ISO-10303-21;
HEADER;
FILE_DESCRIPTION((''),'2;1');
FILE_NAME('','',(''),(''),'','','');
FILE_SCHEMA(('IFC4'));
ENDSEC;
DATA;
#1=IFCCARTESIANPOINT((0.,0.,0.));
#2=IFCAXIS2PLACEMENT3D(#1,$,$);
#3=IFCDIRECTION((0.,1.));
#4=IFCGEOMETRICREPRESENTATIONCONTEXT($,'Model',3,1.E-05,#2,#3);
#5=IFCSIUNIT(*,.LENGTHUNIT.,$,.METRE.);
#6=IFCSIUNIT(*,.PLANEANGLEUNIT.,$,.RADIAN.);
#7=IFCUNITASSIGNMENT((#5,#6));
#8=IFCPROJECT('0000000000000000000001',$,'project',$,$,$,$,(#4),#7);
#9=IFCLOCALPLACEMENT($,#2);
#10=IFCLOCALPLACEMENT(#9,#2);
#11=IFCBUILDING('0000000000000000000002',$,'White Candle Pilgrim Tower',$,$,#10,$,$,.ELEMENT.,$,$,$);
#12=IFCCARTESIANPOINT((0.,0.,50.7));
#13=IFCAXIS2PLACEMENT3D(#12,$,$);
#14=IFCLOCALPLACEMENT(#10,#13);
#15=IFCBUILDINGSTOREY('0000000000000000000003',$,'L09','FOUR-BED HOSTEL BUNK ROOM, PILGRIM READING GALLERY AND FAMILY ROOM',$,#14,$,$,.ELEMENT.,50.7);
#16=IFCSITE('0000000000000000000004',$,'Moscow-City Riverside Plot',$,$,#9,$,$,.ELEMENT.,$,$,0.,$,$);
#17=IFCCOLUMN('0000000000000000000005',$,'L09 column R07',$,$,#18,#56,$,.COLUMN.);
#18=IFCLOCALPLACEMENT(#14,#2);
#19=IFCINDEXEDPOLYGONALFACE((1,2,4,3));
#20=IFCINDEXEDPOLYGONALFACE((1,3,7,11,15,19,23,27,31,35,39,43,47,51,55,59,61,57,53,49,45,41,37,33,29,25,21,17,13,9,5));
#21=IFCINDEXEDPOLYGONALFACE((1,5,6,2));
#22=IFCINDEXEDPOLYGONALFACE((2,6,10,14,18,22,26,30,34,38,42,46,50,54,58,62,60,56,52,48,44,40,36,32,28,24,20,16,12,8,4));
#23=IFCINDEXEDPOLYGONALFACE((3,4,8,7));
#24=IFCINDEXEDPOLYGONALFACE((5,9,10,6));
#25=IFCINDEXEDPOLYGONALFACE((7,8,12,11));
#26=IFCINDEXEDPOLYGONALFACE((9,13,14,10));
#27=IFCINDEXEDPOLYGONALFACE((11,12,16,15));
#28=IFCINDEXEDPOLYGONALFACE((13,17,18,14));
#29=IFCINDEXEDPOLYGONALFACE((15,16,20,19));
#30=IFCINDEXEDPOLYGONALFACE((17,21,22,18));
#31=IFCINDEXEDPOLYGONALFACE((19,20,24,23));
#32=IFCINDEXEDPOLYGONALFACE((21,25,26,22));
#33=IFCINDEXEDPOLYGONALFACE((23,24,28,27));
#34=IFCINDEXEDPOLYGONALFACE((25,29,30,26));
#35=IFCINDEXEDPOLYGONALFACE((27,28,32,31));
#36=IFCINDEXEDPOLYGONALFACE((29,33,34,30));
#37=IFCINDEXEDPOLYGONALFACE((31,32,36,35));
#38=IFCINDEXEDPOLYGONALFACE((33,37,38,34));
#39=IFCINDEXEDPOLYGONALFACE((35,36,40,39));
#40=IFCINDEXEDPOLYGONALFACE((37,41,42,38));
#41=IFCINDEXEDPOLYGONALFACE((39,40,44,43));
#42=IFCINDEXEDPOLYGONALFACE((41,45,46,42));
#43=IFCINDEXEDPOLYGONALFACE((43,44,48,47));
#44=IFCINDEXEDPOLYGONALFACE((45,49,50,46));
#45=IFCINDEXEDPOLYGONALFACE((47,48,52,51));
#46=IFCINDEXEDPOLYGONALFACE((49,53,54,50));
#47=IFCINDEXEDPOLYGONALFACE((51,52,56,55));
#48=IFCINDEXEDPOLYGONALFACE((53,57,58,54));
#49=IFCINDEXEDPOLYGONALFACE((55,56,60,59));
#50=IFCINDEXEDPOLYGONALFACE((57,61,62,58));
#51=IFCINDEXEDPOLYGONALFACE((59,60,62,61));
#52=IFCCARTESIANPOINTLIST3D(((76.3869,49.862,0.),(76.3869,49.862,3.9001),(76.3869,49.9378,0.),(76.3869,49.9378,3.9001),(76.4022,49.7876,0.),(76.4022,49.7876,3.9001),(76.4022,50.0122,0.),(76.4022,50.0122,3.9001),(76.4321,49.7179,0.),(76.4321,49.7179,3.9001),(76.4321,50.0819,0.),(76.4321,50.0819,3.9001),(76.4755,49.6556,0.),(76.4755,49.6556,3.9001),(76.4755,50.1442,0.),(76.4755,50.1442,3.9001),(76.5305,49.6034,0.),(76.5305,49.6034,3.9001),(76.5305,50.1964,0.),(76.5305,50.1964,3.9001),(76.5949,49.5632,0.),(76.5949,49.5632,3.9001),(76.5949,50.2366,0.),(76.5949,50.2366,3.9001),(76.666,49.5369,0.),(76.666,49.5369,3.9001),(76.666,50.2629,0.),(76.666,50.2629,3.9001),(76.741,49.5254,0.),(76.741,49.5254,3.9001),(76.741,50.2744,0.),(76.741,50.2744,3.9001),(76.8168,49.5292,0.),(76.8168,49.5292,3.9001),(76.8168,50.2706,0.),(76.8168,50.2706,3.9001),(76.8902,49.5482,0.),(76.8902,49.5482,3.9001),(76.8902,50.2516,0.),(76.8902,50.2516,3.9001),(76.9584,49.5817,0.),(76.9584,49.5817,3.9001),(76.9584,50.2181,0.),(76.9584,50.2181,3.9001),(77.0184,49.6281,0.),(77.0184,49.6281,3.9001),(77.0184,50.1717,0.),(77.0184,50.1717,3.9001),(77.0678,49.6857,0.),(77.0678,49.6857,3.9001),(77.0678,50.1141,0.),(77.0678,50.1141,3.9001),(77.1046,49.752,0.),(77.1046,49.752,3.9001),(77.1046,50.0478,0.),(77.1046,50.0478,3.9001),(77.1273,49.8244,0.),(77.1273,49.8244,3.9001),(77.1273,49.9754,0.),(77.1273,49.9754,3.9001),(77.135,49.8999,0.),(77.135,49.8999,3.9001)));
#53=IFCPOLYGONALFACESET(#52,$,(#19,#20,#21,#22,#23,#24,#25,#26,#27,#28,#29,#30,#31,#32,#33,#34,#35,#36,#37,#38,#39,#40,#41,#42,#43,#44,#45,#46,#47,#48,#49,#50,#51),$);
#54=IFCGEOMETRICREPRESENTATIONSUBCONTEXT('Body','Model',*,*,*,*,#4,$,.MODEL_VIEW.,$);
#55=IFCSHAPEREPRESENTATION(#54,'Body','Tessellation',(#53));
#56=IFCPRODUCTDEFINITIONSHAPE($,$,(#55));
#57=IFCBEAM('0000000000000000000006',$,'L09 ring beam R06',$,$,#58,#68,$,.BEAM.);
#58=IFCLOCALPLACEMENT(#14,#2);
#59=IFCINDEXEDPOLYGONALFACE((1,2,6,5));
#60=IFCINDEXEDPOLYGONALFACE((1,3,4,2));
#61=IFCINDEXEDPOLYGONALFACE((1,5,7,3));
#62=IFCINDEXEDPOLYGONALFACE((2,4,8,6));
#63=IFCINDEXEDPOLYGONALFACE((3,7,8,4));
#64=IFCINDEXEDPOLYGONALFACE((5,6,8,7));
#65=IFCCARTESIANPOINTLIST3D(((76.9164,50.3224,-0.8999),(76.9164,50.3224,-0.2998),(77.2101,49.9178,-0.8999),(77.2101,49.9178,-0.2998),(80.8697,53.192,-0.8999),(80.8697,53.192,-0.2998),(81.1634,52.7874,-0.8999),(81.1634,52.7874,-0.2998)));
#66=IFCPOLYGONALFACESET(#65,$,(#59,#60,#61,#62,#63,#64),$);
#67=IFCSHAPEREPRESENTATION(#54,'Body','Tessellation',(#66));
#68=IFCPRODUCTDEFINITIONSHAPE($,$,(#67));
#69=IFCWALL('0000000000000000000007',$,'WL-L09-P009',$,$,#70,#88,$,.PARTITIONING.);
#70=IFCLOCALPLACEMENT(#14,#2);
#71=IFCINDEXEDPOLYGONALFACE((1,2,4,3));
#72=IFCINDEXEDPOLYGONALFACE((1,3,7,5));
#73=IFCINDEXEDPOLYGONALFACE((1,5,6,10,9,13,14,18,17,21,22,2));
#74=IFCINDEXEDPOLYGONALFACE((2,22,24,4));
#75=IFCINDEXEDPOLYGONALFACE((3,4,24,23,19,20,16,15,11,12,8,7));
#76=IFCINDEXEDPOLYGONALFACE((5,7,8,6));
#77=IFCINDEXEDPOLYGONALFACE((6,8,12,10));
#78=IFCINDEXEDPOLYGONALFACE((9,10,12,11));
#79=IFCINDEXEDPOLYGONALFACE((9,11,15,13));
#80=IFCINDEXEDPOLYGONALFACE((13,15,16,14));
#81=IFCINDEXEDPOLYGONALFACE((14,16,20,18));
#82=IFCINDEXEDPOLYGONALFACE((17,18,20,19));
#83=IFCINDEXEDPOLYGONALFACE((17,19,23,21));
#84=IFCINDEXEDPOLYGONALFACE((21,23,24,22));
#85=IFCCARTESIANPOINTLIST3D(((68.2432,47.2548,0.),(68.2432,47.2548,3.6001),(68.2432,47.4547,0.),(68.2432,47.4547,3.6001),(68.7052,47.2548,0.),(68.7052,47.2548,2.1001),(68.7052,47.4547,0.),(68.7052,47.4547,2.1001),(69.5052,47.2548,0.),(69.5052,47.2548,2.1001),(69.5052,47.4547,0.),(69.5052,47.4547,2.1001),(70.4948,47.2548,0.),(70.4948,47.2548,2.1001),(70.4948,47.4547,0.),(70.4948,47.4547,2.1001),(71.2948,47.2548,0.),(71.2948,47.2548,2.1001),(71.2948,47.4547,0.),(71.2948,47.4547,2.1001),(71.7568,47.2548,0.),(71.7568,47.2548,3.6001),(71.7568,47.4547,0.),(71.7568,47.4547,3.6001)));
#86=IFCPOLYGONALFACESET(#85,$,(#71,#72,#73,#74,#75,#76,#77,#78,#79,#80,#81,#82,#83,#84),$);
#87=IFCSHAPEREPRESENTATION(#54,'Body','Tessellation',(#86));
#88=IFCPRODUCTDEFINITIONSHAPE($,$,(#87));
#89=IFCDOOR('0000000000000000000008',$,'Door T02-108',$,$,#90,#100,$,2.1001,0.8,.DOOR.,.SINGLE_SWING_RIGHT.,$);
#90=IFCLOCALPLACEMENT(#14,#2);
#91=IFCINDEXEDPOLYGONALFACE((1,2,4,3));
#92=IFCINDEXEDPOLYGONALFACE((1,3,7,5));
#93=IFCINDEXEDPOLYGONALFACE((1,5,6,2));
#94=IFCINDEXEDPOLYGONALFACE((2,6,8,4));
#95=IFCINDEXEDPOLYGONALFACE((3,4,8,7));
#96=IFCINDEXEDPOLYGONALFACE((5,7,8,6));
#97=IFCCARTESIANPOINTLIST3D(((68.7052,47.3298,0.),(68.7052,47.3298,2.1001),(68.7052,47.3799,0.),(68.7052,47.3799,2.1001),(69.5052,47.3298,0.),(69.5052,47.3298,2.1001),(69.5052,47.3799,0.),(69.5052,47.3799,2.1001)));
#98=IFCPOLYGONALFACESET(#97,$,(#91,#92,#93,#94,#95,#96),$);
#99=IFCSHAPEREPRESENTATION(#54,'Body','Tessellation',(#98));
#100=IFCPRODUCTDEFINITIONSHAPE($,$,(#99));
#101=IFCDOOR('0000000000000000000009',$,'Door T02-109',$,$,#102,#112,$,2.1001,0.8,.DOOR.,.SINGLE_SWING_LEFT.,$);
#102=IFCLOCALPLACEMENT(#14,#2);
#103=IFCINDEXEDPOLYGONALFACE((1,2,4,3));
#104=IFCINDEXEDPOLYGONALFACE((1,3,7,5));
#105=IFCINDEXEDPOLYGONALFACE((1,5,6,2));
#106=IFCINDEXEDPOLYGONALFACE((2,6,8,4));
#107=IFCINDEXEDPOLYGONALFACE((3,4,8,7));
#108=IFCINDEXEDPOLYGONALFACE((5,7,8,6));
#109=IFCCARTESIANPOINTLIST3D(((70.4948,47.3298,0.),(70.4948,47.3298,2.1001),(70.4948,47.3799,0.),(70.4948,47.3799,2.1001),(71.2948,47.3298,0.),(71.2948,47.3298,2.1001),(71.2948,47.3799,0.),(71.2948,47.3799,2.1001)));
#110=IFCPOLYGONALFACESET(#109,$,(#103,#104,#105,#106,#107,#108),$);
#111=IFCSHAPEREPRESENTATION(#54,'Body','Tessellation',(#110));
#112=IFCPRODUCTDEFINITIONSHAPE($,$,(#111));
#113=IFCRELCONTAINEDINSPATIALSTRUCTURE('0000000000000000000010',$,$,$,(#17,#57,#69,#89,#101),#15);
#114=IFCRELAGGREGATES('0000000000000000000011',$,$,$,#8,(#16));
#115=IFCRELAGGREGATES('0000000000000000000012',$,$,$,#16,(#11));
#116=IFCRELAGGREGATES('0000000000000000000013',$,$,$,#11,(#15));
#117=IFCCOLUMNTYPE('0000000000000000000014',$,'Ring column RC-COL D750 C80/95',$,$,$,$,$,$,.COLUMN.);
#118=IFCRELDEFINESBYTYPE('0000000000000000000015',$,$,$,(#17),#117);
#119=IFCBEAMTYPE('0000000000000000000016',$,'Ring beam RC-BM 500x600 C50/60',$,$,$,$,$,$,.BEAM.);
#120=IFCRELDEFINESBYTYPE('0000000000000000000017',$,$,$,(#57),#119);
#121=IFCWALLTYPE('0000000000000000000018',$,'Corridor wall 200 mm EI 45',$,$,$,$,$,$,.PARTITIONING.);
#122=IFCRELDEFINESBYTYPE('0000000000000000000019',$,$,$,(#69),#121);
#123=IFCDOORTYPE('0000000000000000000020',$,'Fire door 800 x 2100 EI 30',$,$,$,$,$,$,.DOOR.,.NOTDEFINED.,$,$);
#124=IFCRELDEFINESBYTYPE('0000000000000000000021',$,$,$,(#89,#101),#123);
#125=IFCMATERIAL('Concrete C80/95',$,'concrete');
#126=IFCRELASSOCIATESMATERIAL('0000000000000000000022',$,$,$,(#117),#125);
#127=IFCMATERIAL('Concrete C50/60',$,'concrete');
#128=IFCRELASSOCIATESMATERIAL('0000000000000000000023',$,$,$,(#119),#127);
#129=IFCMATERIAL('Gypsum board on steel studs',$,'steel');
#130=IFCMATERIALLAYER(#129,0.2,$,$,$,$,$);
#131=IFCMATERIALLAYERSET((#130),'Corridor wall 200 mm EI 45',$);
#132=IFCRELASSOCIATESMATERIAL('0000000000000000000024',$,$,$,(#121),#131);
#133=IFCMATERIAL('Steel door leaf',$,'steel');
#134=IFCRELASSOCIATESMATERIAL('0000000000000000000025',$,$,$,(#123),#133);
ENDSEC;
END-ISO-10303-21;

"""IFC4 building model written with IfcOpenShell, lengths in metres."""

from ifc_helpers import new_model, si_unit, direction, frame, frame_2d, origin, origin_2d, place, context, subcontext, project, spatial, rectangle, circle, extrude, material, layer, layer_set, material_profile, profile_set, type_object, element, fill, save


model = new_model("IFC4")

# Units and contexts
model_context = context("Model", 3, precision=1e-05, world=origin(), true_north=direction((0.0, 1.0)))
body_context = subcontext(model_context, "Body", "Model", "MODEL_VIEW")
ifc_project = project(units=[si_unit("LENGTHUNIT", "METRE"), si_unit("PLANEANGLEUNIT", "RADIAN")], contexts=[model_context])

# Site, building, storey
site_placement = place(None, origin())
site = spatial("IfcSite", under=ifc_project, at=site_placement, Name="Moscow-City Riverside Plot", CompositionType="ELEMENT", RefElevation=0.0)
building_placement = place(site_placement, origin())
building = spatial("IfcBuilding", under=site, at=building_placement, Name="White Candle Pilgrim Tower", CompositionType="ELEMENT")
storey_placement = place(building_placement, frame((0.0, 0.0, 50.7)))
storey = spatial("IfcBuildingStorey", under=building, at=storey_placement, Name="L09", Description="FOUR-BED HOSTEL BUNK ROOM, PILGRIM READING GALLERY AND FAMILY ROOM", CompositionType="ELEMENT", Elevation=50.7)

# Column
ifc_material_1 = material(Name="Concrete C80/95", Category="concrete")
ifc_material_profile_1 = material_profile(ifc_material_1, circle(Radius=0.375, at=origin_2d()), Name="RC-COL D750")
ifc_profile_set_1 = profile_set([ifc_material_profile_1], Name="Concrete C80/95")
column_type = type_object("IfcColumnType", Name="Ring column RC-COL D750 C80/95", PredefinedType="COLUMN", material=ifc_profile_set_1)
column_placement = place(storey_placement, frame((76.76, 49.8999, 0.0), z_axis=(0.0, 0.0, 1.0), x_axis=(1.0, 0.0, 0.0)))
element("IfcColumn", 1, at=column_placement, inside=storey, type_object=column_type, Name="L09 column R07", PredefinedType="COLUMN", context=body_context, shape_type="SweptSolid", body=[
    extrude(circle(Radius=0.375, at=origin_2d()), origin(), (0.0, 0.0, 1.0), 3.9001),
])

# Beam
ifc_material_2 = material(Name="Concrete C50/60", Category="concrete")
ifc_material_profile_2 = material_profile(ifc_material_2, rectangle(XDim=0.5, YDim=0.6001, at=origin_2d()), Name="RC-BM 500x600")
ifc_profile_set_2 = profile_set([ifc_material_profile_2], Name="Concrete C50/60")
beam_type = type_object("IfcBeamType", Name="Ring beam RC-BM 500x600 C50/60", PredefinedType="BEAM", material=ifc_profile_set_2)
beam_placement = place(storey_placement, frame((77.0632, 50.1201, -0.5999), z_axis=(0.809276, 0.587429, 0.0), x_axis=(-0.587429, 0.809276, 0.0)))
element("IfcBeam", 2, at=beam_placement, inside=storey, type_object=beam_type, Name="L09 ring beam R06", PredefinedType="BEAM", context=body_context, shape_type="SweptSolid", body=[
    extrude(rectangle(XDim=0.5, YDim=0.6001, at=origin_2d()), origin(), (0.0, 0.0, 1.0), 4.885),
])

# Wall, openings, doors
ifc_material_3 = material(Name="Gypsum board on steel studs", Category="steel")
ifc_layer_1 = layer(ifc_material_3, 0.2)
ifc_layer_set_1 = layer_set([ifc_layer_1], Name="Corridor wall 200 mm EI 45")
wall_type_1 = type_object("IfcWallType", Name="Corridor wall 200 mm EI 45", PredefinedType="PARTITIONING", material=ifc_layer_set_1)
wall_1_placement = place(storey_placement, frame((71.7568, 47.3547, 0.0), z_axis=(0.0, 0.0, 1.0), x_axis=(-1.0, 0.0, 0.0)))
wall_1 = element("IfcWall", 3, at=wall_1_placement, inside=storey, type_object=wall_type_1, Name="WL-L09-P009", PredefinedType="PARTITIONING", context=body_context, shape_type="SweptSolid", body=[
    extrude(rectangle(XDim=3.5137, YDim=0.2, at=frame_2d((1.7568, 0.0))), origin(), (0.0, 0.0, 1.0), 3.6001),
])
opening_1_placement = place(wall_1_placement, frame((2.2517, 0.0, 0.0)))
opening_1 = element("IfcOpeningElement", 4, at=opening_1_placement, cuts=wall_1, PredefinedType="OPENING", context=body_context, shape_type="SweptSolid", body=[
    extrude(rectangle(XDim=0.8, YDim=2.1001, at=frame_2d((0.3999, 1.05))), frame((0.0, 0.1099, 0.0), z_axis=(0.0, -1.0, 0.0), x_axis=(1.0, 0.0, 0.0)), (0.0, 0.0, 1.0), 0.22),
])
opening_2_placement = place(wall_1_placement, frame((0.4622, 0.0, 0.0)))
opening_2 = element("IfcOpeningElement", 5, at=opening_2_placement, cuts=wall_1, PredefinedType="OPENING", context=body_context, shape_type="SweptSolid", body=[
    extrude(rectangle(XDim=0.8, YDim=2.1001, at=frame_2d((0.3999, 1.05))), frame((0.0, 0.1099, 0.0), z_axis=(0.0, -1.0, 0.0), x_axis=(1.0, 0.0, 0.0)), (0.0, 0.0, 1.0), 0.22),
])
ifc_material_4 = material(Name="Steel door leaf", Category="steel")
door_type_1 = type_object("IfcDoorType", Name="Fire door 800 x 2100 EI 30", OperationType="NOTDEFINED", PredefinedType="DOOR", material=ifc_material_4)
door_1_placement = place(opening_1_placement, origin())
door_1 = element("IfcDoor", 6, at=door_1_placement, inside=storey, type_object=door_type_1, Name="Door T02-108", OperationType="SINGLE_SWING_RIGHT", OverallHeight=2.1001, OverallWidth=0.8, PredefinedType="DOOR", context=body_context, shape_type="SweptSolid", body=[
    extrude(rectangle(XDim=0.8, YDim=2.1001, at=frame_2d((0.3999, 1.05))), frame((0.0, 0.0249, 0.0), z_axis=(0.0, -1.0, 0.0), x_axis=(1.0, 0.0, 0.0)), (0.0, 0.0, 1.0), 0.05),
])
fill(opening_1, door_1)
door_2_placement = place(opening_2_placement, origin())
door_2 = element("IfcDoor", 7, at=door_2_placement, inside=storey, type_object=door_type_1, Name="Door T02-109", OperationType="SINGLE_SWING_LEFT", OverallHeight=2.1001, OverallWidth=0.8, PredefinedType="DOOR", context=body_context, shape_type="SweptSolid", body=[
    extrude(rectangle(XDim=0.8, YDim=2.1001, at=frame_2d((0.3999, 1.05))), frame((0.0, 0.0249, 0.0), z_axis=(0.0, -1.0, 0.0), x_axis=(1.0, 0.0, 0.0)), (0.0, 0.0, 1.0), 0.05),
])
fill(opening_2, door_2)

save(model, "model.ifc")
